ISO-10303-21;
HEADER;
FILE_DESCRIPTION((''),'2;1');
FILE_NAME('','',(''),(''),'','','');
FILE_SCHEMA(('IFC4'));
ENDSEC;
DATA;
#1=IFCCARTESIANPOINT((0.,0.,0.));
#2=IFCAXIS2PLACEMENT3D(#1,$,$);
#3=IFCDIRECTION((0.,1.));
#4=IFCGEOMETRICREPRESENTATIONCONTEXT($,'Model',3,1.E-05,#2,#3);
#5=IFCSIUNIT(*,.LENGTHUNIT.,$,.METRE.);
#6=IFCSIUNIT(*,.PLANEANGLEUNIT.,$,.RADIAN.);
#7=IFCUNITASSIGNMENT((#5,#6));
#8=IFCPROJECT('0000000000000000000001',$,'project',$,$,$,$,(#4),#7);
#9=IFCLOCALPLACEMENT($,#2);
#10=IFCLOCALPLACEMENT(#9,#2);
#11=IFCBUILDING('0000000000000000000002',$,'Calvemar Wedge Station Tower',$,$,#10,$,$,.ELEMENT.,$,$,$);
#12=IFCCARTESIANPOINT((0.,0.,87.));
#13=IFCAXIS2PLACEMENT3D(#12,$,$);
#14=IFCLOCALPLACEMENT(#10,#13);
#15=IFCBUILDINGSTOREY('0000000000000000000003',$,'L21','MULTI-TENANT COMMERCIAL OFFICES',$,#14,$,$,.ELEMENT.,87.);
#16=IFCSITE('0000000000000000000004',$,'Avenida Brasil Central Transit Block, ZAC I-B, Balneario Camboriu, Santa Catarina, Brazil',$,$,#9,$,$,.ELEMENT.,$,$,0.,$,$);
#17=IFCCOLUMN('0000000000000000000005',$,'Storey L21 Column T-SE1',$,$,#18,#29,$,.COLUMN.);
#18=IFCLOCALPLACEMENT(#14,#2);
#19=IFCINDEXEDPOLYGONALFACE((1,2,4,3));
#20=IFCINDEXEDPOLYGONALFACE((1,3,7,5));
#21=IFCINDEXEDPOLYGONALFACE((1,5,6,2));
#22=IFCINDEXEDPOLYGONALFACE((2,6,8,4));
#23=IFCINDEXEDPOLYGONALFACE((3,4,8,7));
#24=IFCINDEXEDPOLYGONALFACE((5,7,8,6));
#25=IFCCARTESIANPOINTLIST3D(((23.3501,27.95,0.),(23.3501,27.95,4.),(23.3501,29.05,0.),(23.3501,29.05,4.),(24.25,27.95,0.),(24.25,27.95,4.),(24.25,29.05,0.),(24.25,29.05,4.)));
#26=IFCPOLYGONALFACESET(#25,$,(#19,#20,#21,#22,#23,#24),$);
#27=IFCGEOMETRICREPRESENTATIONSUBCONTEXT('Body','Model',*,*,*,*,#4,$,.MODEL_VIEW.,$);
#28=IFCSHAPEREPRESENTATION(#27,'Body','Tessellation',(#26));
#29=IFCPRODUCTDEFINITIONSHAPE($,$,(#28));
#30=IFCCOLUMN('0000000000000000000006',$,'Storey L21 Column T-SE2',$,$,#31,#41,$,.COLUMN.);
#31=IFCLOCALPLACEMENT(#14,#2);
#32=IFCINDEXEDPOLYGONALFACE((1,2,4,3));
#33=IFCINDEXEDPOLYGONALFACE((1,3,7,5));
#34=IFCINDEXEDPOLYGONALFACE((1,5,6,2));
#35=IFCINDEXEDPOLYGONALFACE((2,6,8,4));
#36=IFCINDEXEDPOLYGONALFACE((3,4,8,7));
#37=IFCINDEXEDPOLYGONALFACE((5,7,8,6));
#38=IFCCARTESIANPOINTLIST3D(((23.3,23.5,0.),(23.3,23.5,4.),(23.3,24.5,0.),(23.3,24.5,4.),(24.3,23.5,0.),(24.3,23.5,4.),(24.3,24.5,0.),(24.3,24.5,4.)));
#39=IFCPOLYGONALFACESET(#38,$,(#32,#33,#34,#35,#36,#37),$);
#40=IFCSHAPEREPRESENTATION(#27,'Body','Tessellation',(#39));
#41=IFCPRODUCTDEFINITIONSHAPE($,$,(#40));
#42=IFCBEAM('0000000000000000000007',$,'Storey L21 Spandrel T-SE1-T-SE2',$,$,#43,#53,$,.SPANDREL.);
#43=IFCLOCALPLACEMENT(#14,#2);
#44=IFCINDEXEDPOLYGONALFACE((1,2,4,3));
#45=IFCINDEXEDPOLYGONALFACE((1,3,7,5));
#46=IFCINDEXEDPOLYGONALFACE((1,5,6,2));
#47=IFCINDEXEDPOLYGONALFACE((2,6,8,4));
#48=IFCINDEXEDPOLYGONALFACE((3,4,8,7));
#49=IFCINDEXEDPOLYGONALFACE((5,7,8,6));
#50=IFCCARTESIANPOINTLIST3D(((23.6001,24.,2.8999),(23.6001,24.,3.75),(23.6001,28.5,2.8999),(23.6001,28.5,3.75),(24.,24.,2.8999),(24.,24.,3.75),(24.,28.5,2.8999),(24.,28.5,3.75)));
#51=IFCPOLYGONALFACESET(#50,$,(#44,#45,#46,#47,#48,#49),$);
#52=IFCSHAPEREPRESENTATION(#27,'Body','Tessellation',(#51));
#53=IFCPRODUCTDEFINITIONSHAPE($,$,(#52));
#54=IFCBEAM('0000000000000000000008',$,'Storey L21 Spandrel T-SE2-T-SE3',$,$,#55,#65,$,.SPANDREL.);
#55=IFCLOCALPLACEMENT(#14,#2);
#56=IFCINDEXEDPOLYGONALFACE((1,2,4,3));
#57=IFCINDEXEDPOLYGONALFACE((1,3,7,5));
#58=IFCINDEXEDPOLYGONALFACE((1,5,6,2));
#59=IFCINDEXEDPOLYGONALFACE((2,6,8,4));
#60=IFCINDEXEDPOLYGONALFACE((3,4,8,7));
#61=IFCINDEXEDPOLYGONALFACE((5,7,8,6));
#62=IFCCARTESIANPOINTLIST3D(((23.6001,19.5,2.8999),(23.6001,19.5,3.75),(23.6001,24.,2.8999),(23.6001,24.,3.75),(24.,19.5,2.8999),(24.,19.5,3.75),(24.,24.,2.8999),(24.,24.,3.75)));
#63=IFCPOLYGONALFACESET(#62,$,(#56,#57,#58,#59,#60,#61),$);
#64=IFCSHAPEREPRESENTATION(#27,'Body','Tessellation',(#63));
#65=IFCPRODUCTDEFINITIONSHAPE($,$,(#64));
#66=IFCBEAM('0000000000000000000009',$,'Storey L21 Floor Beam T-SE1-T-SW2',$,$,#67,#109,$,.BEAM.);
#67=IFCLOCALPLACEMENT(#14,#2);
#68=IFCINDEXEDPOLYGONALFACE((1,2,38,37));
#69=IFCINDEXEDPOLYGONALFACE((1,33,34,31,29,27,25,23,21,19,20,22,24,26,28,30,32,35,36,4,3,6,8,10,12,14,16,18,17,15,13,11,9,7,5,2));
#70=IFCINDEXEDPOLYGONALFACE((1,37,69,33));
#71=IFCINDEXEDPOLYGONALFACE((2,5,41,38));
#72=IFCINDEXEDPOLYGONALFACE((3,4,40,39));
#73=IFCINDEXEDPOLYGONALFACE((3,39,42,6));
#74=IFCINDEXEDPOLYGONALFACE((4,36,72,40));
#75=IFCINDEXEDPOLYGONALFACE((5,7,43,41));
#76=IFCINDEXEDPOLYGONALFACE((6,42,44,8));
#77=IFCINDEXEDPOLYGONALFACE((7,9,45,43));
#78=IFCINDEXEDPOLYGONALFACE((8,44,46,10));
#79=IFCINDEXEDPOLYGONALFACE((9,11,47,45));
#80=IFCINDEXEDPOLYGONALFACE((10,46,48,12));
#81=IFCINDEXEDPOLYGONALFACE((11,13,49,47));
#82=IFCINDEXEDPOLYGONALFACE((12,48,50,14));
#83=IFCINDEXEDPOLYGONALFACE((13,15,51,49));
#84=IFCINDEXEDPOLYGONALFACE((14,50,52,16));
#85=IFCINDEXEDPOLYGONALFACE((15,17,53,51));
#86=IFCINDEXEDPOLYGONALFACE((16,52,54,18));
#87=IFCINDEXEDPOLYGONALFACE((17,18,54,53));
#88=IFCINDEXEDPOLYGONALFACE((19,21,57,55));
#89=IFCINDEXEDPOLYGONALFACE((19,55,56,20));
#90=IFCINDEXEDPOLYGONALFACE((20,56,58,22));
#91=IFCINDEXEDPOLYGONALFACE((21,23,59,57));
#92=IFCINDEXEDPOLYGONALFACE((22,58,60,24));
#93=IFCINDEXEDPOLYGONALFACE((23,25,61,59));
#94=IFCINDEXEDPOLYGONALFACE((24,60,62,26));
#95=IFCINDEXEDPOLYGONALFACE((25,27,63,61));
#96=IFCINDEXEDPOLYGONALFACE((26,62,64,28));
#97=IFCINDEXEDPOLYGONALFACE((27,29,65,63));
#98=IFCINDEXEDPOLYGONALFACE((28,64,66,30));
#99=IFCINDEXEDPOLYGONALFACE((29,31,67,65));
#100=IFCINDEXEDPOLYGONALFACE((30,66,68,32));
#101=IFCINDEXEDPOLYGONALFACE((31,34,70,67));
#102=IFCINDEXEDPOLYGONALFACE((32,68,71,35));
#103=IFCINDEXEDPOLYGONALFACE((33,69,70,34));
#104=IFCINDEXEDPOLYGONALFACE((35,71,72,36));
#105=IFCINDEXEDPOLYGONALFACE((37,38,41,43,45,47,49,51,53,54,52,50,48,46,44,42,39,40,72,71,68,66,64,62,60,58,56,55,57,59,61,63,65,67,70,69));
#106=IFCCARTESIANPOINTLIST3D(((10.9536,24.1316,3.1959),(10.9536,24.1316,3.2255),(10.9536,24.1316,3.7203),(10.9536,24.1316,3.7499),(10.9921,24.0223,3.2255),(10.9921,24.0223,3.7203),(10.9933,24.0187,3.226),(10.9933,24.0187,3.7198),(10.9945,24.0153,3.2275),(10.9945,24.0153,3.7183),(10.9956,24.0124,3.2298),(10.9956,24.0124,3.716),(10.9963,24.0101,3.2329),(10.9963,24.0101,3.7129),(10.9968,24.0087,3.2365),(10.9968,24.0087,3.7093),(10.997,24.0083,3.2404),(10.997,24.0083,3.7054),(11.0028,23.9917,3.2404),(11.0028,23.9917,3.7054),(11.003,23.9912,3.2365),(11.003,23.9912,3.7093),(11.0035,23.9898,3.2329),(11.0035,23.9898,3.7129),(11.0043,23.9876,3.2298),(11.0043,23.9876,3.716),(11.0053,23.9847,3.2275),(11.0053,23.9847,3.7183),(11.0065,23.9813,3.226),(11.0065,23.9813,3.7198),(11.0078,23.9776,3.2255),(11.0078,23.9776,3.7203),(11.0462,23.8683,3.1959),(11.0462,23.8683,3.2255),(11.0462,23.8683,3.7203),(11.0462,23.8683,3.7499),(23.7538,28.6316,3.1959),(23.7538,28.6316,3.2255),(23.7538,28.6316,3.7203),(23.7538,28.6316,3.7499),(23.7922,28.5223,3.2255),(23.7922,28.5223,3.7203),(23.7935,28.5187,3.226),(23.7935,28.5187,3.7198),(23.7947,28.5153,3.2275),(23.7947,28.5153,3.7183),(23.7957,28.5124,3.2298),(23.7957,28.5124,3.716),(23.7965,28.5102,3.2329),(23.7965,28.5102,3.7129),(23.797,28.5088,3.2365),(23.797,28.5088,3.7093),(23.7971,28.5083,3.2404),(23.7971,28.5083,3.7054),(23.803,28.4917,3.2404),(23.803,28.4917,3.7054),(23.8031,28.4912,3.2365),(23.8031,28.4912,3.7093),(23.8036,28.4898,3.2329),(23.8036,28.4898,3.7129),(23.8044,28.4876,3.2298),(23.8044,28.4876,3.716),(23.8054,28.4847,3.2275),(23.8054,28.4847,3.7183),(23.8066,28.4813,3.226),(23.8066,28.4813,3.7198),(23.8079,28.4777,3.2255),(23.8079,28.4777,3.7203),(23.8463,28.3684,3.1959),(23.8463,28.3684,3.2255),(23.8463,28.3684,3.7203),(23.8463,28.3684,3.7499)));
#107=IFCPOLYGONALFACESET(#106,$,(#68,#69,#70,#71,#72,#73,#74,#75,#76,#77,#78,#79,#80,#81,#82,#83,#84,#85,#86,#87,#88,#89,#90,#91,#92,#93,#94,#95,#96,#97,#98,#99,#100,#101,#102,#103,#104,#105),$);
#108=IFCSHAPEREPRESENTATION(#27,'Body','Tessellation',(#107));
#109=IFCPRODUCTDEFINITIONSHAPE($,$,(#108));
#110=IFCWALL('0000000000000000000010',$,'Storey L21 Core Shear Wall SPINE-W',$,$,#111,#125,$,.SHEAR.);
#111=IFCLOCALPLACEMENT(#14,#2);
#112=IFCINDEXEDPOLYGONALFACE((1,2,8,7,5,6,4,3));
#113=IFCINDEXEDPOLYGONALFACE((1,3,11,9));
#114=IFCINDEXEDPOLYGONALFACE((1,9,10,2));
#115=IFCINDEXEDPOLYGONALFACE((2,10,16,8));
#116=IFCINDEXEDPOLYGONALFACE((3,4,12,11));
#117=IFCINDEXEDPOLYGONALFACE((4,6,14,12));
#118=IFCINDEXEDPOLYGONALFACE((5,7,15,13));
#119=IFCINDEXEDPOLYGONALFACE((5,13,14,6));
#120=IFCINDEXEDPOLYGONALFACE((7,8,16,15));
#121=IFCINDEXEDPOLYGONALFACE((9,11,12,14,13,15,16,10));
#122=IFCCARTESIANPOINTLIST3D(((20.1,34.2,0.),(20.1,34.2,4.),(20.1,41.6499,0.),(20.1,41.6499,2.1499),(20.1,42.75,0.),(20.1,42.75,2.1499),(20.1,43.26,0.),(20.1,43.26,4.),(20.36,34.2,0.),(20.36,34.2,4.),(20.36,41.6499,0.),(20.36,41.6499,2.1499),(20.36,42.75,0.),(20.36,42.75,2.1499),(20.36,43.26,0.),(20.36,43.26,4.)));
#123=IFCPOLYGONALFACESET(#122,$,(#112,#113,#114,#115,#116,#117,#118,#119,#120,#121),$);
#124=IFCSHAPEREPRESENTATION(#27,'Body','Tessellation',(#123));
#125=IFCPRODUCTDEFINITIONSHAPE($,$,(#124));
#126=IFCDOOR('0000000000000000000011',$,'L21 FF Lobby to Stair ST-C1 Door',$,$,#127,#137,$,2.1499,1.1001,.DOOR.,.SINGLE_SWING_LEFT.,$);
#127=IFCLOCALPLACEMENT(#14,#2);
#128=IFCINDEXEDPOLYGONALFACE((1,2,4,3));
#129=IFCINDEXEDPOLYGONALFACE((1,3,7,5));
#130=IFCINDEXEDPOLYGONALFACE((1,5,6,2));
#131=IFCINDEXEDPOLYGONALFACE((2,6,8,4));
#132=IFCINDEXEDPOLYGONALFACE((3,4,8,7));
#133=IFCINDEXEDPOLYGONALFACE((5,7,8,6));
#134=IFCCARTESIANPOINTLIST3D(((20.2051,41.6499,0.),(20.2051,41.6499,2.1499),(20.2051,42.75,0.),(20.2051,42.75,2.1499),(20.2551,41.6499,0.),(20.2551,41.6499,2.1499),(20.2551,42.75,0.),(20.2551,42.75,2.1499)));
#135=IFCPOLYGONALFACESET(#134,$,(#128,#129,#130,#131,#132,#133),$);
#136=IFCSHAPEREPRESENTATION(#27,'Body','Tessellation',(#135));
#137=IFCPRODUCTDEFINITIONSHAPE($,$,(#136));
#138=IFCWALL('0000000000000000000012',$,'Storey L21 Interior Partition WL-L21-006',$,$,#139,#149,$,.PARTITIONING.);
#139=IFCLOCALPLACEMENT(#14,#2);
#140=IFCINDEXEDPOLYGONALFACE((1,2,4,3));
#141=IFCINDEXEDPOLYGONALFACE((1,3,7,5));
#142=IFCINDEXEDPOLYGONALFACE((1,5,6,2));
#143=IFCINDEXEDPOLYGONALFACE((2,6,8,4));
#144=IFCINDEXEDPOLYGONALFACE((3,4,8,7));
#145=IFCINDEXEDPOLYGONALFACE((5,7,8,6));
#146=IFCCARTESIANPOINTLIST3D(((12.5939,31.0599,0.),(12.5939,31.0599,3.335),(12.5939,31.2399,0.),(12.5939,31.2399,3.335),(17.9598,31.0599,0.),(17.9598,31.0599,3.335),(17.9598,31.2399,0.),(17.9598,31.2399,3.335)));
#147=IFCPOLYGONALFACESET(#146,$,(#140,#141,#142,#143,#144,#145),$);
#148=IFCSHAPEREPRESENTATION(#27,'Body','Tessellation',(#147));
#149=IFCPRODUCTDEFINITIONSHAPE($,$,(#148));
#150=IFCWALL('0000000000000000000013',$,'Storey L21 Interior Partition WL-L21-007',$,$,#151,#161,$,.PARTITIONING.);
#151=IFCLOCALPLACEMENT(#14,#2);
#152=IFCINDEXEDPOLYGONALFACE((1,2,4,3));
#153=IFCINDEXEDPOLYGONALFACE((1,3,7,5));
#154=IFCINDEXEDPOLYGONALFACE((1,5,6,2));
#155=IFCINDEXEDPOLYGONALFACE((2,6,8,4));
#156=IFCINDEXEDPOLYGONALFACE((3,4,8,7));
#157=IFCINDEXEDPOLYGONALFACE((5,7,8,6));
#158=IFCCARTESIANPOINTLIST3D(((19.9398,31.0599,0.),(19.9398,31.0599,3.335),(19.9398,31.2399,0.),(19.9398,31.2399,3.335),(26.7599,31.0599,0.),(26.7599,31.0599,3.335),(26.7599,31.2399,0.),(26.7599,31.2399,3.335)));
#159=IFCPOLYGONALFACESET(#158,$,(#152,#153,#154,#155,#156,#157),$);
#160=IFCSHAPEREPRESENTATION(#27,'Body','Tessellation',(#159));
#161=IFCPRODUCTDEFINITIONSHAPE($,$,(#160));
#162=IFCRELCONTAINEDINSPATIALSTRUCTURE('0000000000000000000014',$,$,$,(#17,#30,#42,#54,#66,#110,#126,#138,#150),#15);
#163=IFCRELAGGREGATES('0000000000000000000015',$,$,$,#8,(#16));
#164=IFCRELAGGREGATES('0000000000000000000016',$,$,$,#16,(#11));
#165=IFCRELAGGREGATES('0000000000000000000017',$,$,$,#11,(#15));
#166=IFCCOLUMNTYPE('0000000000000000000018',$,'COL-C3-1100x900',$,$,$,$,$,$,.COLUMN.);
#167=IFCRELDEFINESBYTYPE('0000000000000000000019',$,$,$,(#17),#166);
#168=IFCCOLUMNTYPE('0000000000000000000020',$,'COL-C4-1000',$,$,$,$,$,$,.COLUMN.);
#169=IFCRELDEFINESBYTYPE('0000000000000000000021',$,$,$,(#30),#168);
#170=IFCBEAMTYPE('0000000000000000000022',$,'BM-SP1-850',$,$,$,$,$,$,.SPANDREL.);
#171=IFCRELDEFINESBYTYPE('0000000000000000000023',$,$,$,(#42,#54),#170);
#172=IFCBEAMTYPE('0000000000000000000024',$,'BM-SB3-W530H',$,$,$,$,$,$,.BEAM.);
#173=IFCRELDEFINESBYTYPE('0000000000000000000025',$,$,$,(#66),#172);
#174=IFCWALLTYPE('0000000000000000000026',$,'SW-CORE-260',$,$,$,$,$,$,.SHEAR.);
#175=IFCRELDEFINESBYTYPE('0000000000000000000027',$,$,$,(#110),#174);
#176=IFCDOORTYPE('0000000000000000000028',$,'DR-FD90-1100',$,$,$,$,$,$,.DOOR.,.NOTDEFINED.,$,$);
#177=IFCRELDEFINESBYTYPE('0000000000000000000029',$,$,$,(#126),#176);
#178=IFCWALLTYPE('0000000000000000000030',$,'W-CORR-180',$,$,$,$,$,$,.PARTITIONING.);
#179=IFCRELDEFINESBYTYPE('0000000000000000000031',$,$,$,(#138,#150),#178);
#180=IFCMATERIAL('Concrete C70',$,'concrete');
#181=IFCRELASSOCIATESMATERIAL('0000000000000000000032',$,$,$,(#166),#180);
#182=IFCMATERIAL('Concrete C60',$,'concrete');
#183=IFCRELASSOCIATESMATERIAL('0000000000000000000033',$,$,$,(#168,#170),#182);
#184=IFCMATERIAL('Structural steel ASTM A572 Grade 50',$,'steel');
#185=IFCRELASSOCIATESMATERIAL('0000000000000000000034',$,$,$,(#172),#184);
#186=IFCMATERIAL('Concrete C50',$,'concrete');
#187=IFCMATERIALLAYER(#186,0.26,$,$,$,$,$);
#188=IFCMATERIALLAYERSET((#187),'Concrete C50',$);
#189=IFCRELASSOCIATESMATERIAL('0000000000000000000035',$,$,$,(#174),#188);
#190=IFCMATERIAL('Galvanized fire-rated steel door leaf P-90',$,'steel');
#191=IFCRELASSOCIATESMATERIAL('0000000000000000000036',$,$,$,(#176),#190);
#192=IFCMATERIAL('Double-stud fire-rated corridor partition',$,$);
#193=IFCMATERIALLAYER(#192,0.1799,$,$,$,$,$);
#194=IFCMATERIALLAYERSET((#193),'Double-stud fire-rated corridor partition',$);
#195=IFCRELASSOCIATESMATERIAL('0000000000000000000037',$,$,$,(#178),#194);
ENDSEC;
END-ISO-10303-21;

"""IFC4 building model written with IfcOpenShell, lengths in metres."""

from ifc_helpers import new_model, si_unit, direction, frame, frame_2d, origin, origin_2d, place, context, subcontext, project, spatial, rectangle, i_section, extrude, source, transform, mapped, material, layer, layer_set, material_profile, profile_set, type_object, element, fill, save


model = new_model("IFC4")

# Units and contexts
model_context = context("Model", 3, precision=1e-05, world=origin(), true_north=direction((0.0, 1.0)))
body_context = subcontext(model_context, "Body", "Model", "MODEL_VIEW")
ifc_project = project(units=[si_unit("LENGTHUNIT", "METRE"), si_unit("PLANEANGLEUNIT", "RADIAN")], contexts=[model_context])

# Site, building, storey
site_placement = place(None, origin())
site = spatial("IfcSite", under=ifc_project, at=site_placement, Name="Avenida Brasil Central Transit Block, ZAC I-B, Balneario Camboriu, Santa Catarina, Brazil", CompositionType="ELEMENT", RefElevation=0.0)
building_placement = place(site_placement, origin())
building = spatial("IfcBuilding", under=site, at=building_placement, Name="Calvemar Wedge Station Tower", CompositionType="ELEMENT")
storey_placement = place(building_placement, frame((0.0, 0.0, 87.0)))
storey = spatial("IfcBuildingStorey", under=building, at=storey_placement, Name="L21", Description="MULTI-TENANT COMMERCIAL OFFICES", CompositionType="ELEMENT", Elevation=87.0)

# Columns
ifc_material_1 = material(Name="Concrete C70", Category="concrete")
ifc_material_profile_1 = material_profile(ifc_material_1, rectangle(XDim=0.8999, YDim=1.1001, at=origin_2d()), Name="RC1100x900")
ifc_profile_set_1 = profile_set([ifc_material_profile_1], Name="Concrete C70")
column_type_1 = type_object("IfcColumnType", Name="COL-C3-1100x900", PredefinedType="COLUMN", material=ifc_profile_set_1)
shared_shape_1 = source(origin(), body_context, "Body", "SweptSolid", [
    extrude(rectangle(XDim=0.8999, YDim=1.1001, at=origin_2d()), origin(), (0.0, 0.0, 1.0), 4.0),
])
column_1_placement = place(storey_placement, frame((23.8, 28.5, 0.0), z_axis=(0.0, 0.0, 1.0), x_axis=(1.0, 0.0, 0.0)))
element("IfcColumn", 1, at=column_1_placement, inside=storey, type_object=column_type_1, Name="Storey L21 Column T-SE1", PredefinedType="COLUMN", context=body_context, shape_type="MappedRepresentation", body=[
    mapped(shared_shape_1, transform((0.0, 0.0, 0.0), scale=1.0)),
])
ifc_material_2 = material(Name="Concrete C60", Category="concrete")
ifc_material_profile_2 = material_profile(ifc_material_2, rectangle(XDim=1.0, YDim=1.0, at=origin_2d()), Name="RC1000x1000")
ifc_profile_set_2 = profile_set([ifc_material_profile_2], Name="Concrete C60")
column_type_2 = type_object("IfcColumnType", Name="COL-C4-1000", PredefinedType="COLUMN", material=ifc_profile_set_2)
shared_shape_2 = source(origin(), body_context, "Body", "SweptSolid", [
    extrude(rectangle(XDim=1.0, YDim=1.0, at=origin_2d()), origin(), (0.0, 0.0, 1.0), 4.0),
])
column_2_placement = place(storey_placement, frame((23.8, 24.0, 0.0), z_axis=(0.0, 0.0, 1.0), x_axis=(1.0, 0.0, 0.0)))
element("IfcColumn", 2, at=column_2_placement, inside=storey, type_object=column_type_2, Name="Storey L21 Column T-SE2", PredefinedType="COLUMN", context=body_context, shape_type="MappedRepresentation", body=[
    mapped(shared_shape_2, transform((0.0, 0.0, 0.0), scale=1.0)),
])

# Beams
ifc_material_profile_3 = material_profile(ifc_material_2, rectangle(XDim=0.3999, YDim=0.8501, at=origin_2d()), Name="RC400x850")
ifc_profile_set_3 = profile_set([ifc_material_profile_3], Name="Concrete C60")
beam_type_1 = type_object("IfcBeamType", Name="BM-SP1-850", PredefinedType="SPANDREL", material=ifc_profile_set_3)
shared_shape_3 = source(origin(), body_context, "Body", "SweptSolid", [
    extrude(rectangle(XDim=0.3999, YDim=0.8501, at=origin_2d()), origin(), (0.0, 0.0, 1.0), 4.5),
])
for number, where, z_axis, x_axis, name in (
    (3, (23.8, 28.5, 3.325), (0.0, -1.0, 0.0), (1.0, 0.0, 0.0), "Storey L21 Spandrel T-SE1-T-SE2"),
    (4, (23.8, 24.0, 3.325), (0.0, -1.0, 0.0), (1.0, 0.0, 0.0), "Storey L21 Spandrel T-SE2-T-SE3"),
):
    element("IfcBeam", number, at=place(storey_placement, frame(where, z_axis=z_axis, x_axis=x_axis)), inside=storey, type_object=beam_type_1, Name=name, PredefinedType="SPANDREL", context=body_context, shape_type="MappedRepresentation", body=[
        mapped(shared_shape_3, transform((0.0, 0.0, 0.0), scale=1.0)),
    ])
ifc_material_3 = material(Name="Structural steel ASTM A572 Grade 50", Category="steel")
ifc_material_profile_4 = material_profile(ifc_material_3, i_section(OverallWidth=0.2791, OverallDepth=0.554, WebThickness=0.0176, FlangeThickness=0.0295, FilletRadius=0.0149, at=origin_2d()), Name="W530x196")
ifc_profile_set_4 = profile_set([ifc_material_profile_4], Name="Structural steel ASTM A572 Grade 50")
beam_type_2 = type_object("IfcBeamType", Name="BM-SB3-W530H", PredefinedType="BEAM", material=ifc_profile_set_4)
shared_shape_4 = source(origin(), body_context, "Body", "SweptSolid", [
    extrude(i_section(OverallWidth=0.2791, OverallDepth=0.554, WebThickness=0.0176, FlangeThickness=0.0295, FilletRadius=0.0149, at=origin_2d()), origin(), (0.0, 0.0, 1.0), 13.5681),
])
beam_placement = place(storey_placement, frame((23.8, 28.5, 3.4729), z_axis=(-0.943398, -0.331662, 0.0), x_axis=(0.331662, -0.943398, 0.0)))
element("IfcBeam", 5, at=beam_placement, inside=storey, type_object=beam_type_2, Name="Storey L21 Floor Beam T-SE1-T-SW2", PredefinedType="BEAM", context=body_context, shape_type="MappedRepresentation", body=[
    mapped(shared_shape_4, transform((0.0, 0.0, 0.0), scale=1.0)),
])

# Wall, opening, door
ifc_material_4 = material(Name="Concrete C50", Category="concrete")
ifc_layer_1 = layer(ifc_material_4, 0.26)
ifc_layer_set_1 = layer_set([ifc_layer_1], Name="Concrete C50")
wall_type_1 = type_object("IfcWallType", Name="SW-CORE-260", PredefinedType="SHEAR", material=ifc_layer_set_1)
wall_1_placement = place(storey_placement, frame((20.23, 34.2, 0.0), z_axis=(0.0, 0.0, 1.0), x_axis=(0.0, 1.0, 0.0)))
wall_1 = element("IfcWall", 6, at=wall_1_placement, inside=storey, type_object=wall_type_1, Name="Storey L21 Core Shear Wall SPINE-W", PredefinedType="SHEAR", context=body_context, shape_type="SweptSolid", body=[
    extrude(rectangle(XDim=9.0601, YDim=0.26, at=frame_2d((4.53, 0.0))), origin(), (0.0, 0.0, 1.0), 4.0),
])
shared_shape_5 = source(origin(), body_context, "Body", "SweptSolid", [
    extrude(rectangle(XDim=1.1001, YDim=2.1499, at=frame_2d((0.55, 1.075))), frame((0.0, 0.1401, 0.0), z_axis=(0.0, -1.0, 0.0), x_axis=(1.0, 0.0, 0.0)), (0.0, 0.0, 1.0), 0.28),
])
opening_1_placement = place(wall_1_placement, frame((7.45, 0.0, 0.0)))
opening_1 = element("IfcOpeningElement", 7, at=opening_1_placement, cuts=wall_1, PredefinedType="OPENING", context=body_context, shape_type="MappedRepresentation", body=[
    mapped(shared_shape_5, transform((0.0, 0.0, 0.0), scale=1.0)),
])
ifc_material_5 = material(Name="Galvanized fire-rated steel door leaf P-90", Category="steel")
door_type_1 = type_object("IfcDoorType", Name="DR-FD90-1100", OperationType="NOTDEFINED", PredefinedType="DOOR", material=ifc_material_5)
shared_shape_6 = source(origin(), body_context, "Body", "SweptSolid", [
    extrude(rectangle(XDim=1.1001, YDim=2.1499, at=frame_2d((0.55, 1.075))), frame((0.0, 0.0249, 0.0), z_axis=(0.0, -1.0, 0.0), x_axis=(1.0, 0.0, 0.0)), (0.0, 0.0, 1.0), 0.05),
])
door_1_placement = place(opening_1_placement, origin())
door_1 = element("IfcDoor", 8, at=door_1_placement, inside=storey, type_object=door_type_1, Name="L21 FF Lobby to Stair ST-C1 Door", OperationType="SINGLE_SWING_LEFT", OverallHeight=2.1499, OverallWidth=1.1001, PredefinedType="DOOR", context=body_context, shape_type="MappedRepresentation", body=[
    mapped(shared_shape_6, transform((0.0, 0.0, 0.0), scale=1.0)),
])
fill(opening_1, door_1)

# Walls
ifc_material_6 = material(Name="Double-stud fire-rated corridor partition")
ifc_layer_2 = layer(ifc_material_6, 0.1799)
ifc_layer_set_2 = layer_set([ifc_layer_2], Name="Double-stud fire-rated corridor partition")
wall_type_2 = type_object("IfcWallType", Name="W-CORR-180", PredefinedType="PARTITIONING", material=ifc_layer_set_2)
wall_2_placement = place(storey_placement, frame((17.96, 31.1499, 0.0), z_axis=(0.0, 0.0, 1.0), x_axis=(-1.0, 0.0, 0.0)))
element("IfcWall", 9, at=wall_2_placement, inside=storey, type_object=wall_type_2, Name="Storey L21 Interior Partition WL-L21-006", PredefinedType="PARTITIONING", context=body_context, shape_type="SweptSolid", body=[
    extrude(rectangle(XDim=5.366, YDim=0.1799, at=frame_2d((2.6831, 0.0))), origin(), (0.0, 0.0, 1.0), 3.335),
])
wall_3_placement = place(storey_placement, frame((26.76, 31.1499, 0.0), z_axis=(0.0, 0.0, 1.0), x_axis=(-1.0, 0.0, 0.0)))
element("IfcWall", 10, at=wall_3_placement, inside=storey, type_object=wall_type_2, Name="Storey L21 Interior Partition WL-L21-007", PredefinedType="PARTITIONING", context=body_context, shape_type="SweptSolid", body=[
    extrude(rectangle(XDim=6.8201, YDim=0.1799, at=frame_2d((3.4102, 0.0))), origin(), (0.0, 0.0, 1.0), 3.335),
])

save(model, "model.ifc")
